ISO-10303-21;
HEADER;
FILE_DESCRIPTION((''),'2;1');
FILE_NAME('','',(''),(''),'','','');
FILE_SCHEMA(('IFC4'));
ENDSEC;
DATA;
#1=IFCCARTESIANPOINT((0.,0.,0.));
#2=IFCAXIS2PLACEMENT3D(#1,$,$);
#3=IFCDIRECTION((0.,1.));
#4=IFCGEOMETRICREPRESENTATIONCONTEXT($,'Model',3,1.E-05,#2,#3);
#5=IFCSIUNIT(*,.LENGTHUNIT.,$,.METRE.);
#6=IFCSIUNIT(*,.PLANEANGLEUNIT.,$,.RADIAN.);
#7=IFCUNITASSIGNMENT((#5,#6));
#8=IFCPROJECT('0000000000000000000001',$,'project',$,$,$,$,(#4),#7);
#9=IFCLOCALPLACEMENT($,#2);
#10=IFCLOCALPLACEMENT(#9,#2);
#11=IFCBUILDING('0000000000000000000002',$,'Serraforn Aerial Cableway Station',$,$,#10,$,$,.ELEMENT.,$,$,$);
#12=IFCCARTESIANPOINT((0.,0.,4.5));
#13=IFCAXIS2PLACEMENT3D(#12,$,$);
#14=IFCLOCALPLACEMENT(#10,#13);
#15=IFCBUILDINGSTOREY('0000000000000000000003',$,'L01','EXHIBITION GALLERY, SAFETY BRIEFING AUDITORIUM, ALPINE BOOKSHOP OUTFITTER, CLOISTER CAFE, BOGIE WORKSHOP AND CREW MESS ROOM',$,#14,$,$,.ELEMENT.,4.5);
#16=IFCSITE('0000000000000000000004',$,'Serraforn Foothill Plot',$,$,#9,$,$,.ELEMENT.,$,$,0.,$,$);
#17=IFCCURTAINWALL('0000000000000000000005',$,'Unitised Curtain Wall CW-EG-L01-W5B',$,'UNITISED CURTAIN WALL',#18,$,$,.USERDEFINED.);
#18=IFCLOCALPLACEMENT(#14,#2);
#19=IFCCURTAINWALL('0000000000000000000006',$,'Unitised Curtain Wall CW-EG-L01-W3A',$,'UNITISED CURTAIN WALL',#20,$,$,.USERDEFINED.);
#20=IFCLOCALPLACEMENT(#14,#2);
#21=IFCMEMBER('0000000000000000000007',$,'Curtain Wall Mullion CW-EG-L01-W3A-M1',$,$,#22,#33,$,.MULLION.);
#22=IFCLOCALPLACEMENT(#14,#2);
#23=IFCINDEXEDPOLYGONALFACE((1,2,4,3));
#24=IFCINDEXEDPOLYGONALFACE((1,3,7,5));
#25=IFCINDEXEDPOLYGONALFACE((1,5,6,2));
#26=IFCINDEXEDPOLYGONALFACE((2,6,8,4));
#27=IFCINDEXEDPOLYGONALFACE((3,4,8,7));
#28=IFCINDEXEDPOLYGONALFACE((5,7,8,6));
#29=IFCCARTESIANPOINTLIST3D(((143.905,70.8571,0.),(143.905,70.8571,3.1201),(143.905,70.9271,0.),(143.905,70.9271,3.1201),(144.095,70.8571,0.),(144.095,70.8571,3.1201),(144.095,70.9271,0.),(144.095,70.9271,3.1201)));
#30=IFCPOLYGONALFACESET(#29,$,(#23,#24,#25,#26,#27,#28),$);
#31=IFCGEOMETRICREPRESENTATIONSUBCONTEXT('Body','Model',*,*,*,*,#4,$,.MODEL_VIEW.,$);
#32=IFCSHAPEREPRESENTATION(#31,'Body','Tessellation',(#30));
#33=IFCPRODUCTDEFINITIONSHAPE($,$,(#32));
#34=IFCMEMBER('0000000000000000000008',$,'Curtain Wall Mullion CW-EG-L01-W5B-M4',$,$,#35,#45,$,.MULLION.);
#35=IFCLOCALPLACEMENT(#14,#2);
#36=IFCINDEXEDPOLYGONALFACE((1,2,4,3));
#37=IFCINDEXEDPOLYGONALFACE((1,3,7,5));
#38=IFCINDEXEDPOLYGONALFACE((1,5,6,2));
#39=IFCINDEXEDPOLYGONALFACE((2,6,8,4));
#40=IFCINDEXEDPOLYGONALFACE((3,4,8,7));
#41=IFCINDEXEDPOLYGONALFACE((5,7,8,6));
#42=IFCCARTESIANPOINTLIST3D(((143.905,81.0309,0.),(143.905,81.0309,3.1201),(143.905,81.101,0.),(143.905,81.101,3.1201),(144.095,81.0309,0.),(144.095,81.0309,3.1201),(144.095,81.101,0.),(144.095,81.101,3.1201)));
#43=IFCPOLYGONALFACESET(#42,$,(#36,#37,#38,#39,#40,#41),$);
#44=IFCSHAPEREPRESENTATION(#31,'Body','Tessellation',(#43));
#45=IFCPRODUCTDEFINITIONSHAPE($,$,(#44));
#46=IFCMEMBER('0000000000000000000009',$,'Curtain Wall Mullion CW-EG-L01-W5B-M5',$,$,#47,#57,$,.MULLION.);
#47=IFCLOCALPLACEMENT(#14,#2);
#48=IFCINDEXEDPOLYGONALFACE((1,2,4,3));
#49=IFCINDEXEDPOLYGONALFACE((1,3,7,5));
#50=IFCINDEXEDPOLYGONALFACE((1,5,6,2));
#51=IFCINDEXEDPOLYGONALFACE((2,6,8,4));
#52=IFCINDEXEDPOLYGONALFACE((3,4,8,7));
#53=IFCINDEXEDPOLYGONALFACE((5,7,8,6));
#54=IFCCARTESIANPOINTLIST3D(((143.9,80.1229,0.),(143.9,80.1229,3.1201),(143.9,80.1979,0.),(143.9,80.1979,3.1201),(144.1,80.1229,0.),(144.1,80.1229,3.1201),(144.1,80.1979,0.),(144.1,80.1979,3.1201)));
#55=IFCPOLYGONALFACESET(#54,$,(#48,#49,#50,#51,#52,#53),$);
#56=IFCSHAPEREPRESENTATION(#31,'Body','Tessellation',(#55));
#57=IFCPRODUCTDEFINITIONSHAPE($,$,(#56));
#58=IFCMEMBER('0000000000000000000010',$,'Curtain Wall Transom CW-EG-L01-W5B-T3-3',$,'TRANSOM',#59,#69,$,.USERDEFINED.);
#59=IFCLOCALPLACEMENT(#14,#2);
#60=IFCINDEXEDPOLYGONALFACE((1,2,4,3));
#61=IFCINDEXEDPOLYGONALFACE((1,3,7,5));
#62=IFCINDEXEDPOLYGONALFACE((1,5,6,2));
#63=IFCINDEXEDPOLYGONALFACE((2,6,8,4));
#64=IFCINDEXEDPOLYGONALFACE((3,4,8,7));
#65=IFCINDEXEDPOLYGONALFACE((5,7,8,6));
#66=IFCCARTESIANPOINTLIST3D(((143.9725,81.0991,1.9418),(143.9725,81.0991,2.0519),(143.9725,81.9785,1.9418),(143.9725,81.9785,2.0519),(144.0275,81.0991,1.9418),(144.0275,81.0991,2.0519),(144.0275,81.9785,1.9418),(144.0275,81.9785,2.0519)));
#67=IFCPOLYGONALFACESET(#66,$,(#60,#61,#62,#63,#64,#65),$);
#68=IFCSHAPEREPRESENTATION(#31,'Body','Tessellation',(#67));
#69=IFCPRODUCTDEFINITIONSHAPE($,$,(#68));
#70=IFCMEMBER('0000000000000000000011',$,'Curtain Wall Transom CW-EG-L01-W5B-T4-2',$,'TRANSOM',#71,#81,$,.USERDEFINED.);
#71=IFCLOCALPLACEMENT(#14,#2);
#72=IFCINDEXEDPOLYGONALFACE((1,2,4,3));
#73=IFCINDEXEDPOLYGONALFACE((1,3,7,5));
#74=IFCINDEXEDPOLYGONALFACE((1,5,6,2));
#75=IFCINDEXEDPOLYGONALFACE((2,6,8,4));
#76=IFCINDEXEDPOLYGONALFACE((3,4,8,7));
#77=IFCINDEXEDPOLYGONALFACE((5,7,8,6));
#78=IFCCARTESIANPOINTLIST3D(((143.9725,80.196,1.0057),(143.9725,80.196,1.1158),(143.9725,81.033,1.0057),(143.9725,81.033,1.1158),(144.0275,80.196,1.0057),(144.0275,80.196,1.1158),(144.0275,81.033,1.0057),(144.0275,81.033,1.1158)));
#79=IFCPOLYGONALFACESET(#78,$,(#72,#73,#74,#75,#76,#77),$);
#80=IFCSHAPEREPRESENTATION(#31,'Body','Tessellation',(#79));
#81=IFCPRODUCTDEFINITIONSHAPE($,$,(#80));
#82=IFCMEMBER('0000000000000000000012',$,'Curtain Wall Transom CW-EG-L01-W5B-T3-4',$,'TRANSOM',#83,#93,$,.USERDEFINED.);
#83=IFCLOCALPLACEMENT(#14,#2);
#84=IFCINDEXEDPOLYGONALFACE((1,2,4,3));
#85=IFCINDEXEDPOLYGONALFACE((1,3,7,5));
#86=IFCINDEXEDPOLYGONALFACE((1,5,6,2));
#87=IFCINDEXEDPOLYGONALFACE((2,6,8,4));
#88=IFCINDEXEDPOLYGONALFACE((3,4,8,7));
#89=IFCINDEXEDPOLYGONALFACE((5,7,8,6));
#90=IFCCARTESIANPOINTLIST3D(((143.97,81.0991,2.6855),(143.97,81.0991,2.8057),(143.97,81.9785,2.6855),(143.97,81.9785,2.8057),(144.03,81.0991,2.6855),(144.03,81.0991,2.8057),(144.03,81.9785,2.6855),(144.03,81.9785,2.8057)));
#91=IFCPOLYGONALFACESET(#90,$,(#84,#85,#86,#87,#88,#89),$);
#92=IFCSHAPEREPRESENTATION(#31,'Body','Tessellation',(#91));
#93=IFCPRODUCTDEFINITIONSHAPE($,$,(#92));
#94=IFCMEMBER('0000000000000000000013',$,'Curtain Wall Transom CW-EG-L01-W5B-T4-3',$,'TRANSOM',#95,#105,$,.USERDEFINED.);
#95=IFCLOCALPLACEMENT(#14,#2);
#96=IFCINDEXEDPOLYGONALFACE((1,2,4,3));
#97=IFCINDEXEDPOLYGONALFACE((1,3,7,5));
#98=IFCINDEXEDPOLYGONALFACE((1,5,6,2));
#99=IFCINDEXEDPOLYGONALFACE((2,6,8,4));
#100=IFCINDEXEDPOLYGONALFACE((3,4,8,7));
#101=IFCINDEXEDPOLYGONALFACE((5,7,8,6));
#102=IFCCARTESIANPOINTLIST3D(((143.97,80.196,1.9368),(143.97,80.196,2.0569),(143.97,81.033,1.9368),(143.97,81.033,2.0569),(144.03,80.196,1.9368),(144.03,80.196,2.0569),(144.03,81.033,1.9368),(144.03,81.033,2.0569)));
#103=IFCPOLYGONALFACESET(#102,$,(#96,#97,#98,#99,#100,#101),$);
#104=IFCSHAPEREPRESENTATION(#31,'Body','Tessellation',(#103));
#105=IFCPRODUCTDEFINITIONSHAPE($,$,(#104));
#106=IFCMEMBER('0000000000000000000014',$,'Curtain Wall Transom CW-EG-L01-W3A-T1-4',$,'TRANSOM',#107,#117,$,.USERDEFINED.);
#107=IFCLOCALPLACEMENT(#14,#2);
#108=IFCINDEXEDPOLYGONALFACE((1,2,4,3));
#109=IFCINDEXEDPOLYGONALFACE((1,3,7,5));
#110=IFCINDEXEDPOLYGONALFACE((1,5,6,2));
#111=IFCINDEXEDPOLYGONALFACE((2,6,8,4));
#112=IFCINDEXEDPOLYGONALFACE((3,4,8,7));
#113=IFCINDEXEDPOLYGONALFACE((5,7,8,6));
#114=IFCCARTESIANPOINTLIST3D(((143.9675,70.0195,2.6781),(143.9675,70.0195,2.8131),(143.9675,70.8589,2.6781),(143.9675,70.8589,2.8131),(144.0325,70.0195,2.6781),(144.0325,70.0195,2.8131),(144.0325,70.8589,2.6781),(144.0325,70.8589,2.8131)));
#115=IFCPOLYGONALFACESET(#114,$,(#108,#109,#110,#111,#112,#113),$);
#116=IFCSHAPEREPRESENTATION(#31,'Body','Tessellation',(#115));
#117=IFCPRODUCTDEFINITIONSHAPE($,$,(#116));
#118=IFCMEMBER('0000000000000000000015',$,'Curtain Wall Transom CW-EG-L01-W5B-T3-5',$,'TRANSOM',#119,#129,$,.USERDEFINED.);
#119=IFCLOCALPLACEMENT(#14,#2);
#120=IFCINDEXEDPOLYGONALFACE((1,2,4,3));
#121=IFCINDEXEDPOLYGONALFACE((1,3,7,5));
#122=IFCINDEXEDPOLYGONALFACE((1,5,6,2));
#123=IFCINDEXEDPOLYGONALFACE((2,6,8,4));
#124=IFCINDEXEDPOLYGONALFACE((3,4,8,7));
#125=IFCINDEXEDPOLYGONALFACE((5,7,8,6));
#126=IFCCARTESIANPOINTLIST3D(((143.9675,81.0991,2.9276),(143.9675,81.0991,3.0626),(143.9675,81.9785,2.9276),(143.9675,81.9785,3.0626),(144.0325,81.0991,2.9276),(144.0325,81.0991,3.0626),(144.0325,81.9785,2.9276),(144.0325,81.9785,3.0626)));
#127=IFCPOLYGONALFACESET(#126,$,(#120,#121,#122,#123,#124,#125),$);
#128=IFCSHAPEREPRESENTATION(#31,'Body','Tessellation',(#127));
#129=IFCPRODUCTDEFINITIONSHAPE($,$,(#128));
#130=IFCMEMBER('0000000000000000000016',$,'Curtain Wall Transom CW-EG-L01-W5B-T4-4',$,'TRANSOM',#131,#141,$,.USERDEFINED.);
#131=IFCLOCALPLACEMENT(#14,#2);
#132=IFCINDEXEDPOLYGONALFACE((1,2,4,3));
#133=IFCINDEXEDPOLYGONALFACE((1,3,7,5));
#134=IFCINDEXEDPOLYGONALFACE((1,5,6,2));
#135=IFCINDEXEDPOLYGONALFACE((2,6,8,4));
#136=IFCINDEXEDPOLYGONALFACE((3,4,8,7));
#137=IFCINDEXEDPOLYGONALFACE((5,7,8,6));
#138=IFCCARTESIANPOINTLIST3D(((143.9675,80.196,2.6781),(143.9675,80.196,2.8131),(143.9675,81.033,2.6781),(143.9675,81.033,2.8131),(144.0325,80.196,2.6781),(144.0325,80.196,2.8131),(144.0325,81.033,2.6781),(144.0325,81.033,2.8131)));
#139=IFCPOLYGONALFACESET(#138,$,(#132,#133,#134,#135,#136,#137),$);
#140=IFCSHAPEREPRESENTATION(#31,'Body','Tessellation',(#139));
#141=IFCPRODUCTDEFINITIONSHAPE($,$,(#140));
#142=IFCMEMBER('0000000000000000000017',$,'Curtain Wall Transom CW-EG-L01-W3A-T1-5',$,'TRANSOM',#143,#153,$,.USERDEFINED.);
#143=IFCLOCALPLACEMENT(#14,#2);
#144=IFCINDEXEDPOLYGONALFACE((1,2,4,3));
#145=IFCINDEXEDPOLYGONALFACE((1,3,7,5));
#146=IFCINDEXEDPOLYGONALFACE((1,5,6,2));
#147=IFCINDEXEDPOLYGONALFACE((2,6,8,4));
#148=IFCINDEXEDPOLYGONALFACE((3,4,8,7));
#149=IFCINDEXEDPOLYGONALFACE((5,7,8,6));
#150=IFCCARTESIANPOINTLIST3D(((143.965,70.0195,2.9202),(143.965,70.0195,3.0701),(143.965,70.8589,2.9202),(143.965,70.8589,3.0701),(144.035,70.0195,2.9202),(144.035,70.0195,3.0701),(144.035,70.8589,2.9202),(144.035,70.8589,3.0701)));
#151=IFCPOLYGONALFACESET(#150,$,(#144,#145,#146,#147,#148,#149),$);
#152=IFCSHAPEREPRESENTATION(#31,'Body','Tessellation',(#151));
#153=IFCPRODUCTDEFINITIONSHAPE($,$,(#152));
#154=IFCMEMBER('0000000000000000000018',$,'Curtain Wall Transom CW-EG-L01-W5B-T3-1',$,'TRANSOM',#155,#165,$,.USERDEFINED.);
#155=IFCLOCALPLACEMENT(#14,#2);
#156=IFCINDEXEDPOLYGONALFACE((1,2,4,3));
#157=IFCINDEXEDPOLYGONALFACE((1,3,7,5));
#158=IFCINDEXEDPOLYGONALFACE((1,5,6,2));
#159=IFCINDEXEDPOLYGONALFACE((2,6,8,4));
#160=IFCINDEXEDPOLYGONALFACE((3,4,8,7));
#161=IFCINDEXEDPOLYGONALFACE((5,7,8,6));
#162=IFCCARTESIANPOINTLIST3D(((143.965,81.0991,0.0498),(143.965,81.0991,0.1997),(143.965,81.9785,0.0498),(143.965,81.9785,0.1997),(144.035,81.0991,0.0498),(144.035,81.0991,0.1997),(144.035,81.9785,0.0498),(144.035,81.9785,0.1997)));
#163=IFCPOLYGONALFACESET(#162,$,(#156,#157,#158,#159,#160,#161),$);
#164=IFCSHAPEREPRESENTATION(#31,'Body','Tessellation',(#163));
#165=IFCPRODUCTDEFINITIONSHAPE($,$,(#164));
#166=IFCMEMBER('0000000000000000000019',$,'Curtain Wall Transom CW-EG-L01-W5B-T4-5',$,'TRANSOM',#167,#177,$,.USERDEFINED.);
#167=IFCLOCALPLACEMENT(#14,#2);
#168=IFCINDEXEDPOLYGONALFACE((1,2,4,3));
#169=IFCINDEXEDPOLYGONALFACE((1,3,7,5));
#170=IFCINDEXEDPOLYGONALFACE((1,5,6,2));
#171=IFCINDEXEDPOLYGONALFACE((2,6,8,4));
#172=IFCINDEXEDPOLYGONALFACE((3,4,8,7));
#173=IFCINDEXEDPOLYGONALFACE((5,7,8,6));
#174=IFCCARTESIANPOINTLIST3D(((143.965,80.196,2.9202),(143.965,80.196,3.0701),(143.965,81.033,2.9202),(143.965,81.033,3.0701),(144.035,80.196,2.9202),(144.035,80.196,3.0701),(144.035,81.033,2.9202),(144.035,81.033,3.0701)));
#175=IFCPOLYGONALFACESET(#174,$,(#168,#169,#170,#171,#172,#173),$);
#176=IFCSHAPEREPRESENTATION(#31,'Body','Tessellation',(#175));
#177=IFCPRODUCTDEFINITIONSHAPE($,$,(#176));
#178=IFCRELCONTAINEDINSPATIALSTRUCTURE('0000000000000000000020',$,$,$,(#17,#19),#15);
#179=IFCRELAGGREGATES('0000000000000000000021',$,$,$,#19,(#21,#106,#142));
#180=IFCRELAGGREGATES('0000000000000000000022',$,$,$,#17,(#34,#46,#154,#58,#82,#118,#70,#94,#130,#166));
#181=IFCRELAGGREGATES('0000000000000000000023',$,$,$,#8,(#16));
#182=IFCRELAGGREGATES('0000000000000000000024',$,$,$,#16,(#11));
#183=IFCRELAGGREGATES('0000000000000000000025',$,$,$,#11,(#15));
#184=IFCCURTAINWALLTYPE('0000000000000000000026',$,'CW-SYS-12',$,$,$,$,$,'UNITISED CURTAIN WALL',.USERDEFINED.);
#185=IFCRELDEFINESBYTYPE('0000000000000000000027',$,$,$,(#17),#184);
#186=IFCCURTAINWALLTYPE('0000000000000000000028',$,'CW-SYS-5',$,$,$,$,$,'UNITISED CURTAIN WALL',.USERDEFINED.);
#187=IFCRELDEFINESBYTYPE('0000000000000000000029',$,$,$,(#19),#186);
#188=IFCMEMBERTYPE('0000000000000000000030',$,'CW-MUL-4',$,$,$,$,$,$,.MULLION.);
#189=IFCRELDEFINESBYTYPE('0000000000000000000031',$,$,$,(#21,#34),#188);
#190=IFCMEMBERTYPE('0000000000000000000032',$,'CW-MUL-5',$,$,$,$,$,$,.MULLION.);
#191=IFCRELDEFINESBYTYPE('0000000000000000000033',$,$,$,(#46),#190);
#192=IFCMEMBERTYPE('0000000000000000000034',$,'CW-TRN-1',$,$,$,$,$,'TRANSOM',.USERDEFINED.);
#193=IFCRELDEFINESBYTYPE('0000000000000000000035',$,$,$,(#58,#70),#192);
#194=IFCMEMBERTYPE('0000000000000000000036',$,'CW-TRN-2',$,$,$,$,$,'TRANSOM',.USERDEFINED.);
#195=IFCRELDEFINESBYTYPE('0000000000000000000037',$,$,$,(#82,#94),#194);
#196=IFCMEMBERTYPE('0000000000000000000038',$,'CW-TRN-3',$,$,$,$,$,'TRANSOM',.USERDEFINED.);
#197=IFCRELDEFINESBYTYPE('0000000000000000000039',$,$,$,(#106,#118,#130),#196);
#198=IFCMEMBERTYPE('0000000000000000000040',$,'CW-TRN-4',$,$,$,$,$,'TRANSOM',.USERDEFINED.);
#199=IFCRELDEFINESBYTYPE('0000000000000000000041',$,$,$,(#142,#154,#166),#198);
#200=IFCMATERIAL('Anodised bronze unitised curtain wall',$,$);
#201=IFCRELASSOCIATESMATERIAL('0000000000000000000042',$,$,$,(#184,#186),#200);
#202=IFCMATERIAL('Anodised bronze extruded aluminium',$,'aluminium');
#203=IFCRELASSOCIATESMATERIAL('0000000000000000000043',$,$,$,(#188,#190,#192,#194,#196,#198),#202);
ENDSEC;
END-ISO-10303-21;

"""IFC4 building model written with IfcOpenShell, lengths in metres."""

from ifc_helpers import new_model, si_unit, direction, frame, origin, origin_2d, place, context, subcontext, project, spatial, rectangle, extrude, material, material_profile, profile_set, type_object, element, aggregate, save


model = new_model("IFC4")

# Units and contexts
model_context = context("Model", 3, precision=1e-05, world=origin(), true_north=direction((0.0, 1.0)))
body_context = subcontext(model_context, "Body", "Model", "MODEL_VIEW")
ifc_project = project(units=[si_unit("LENGTHUNIT", "METRE"), si_unit("PLANEANGLEUNIT", "RADIAN")], contexts=[model_context])

# Site, building, storey
site_placement = place(None, origin())
site = spatial("IfcSite", under=ifc_project, at=site_placement, Name="Serraforn Foothill Plot", CompositionType="ELEMENT", RefElevation=0.0)
building_placement = place(site_placement, origin())
building = spatial("IfcBuilding", under=site, at=building_placement, Name="Serraforn Aerial Cableway Station", CompositionType="ELEMENT")
storey_placement = place(building_placement, frame((0.0, 0.0, 4.5)))
storey = spatial("IfcBuildingStorey", under=building, at=storey_placement, Name="L01", Description="EXHIBITION GALLERY, SAFETY BRIEFING AUDITORIUM, ALPINE BOOKSHOP OUTFITTER, CLOISTER CAFE, BOGIE WORKSHOP AND CREW MESS ROOM", CompositionType="ELEMENT", Elevation=4.5)

# Curtain walls, member
ifc_material_1 = material(Name="Anodised bronze unitised curtain wall")
curtain_wall_type_1 = type_object("IfcCurtainWallType", Name="CW-SYS-12", ElementType="UNITISED CURTAIN WALL", PredefinedType="USERDEFINED", material=ifc_material_1)
curtain_wall_1_placement = place(storey_placement, origin())
curtain_wall_1 = element("IfcCurtainWall", 1, at=curtain_wall_1_placement, inside=storey, type_object=curtain_wall_type_1, Name="Unitised Curtain Wall CW-EG-L01-W5B", ObjectType="UNITISED CURTAIN WALL", PredefinedType="USERDEFINED")
ifc_material_2 = material(Name="Anodised bronze extruded aluminium", Category="aluminium")
curtain_wall_type_2 = type_object("IfcCurtainWallType", Name="CW-SYS-5", ElementType="UNITISED CURTAIN WALL", PredefinedType="USERDEFINED", material=ifc_material_1)
curtain_wall_2_placement = place(storey_placement, origin())
curtain_wall_2 = element("IfcCurtainWall", 2, at=curtain_wall_2_placement, inside=storey, type_object=curtain_wall_type_2, Name="Unitised Curtain Wall CW-EG-L01-W3A", ObjectType="UNITISED CURTAIN WALL", PredefinedType="USERDEFINED")
ifc_material_profile_1 = material_profile(ifc_material_2, rectangle(XDim=0.0701, YDim=0.1899, at=origin_2d()), Name="CW MULLION 70x190")
ifc_profile_set_1 = profile_set([ifc_material_profile_1], Name="Anodised bronze extruded aluminium")
member_type_1 = type_object("IfcMemberType", Name="CW-MUL-4", PredefinedType="MULLION", material=ifc_profile_set_1)
member_1_placement = place(storey_placement, frame((144.0, 70.8921, 0.0), z_axis=(0.0, 0.0, 1.0), x_axis=(0.0, -1.0, 0.0)))
member_1 = element("IfcMember", 3, at=member_1_placement, type_object=member_type_1, Name="Curtain Wall Mullion CW-EG-L01-W3A-M1", PredefinedType="MULLION", context=body_context, shape_type="SweptSolid", body=[
    extrude(rectangle(XDim=0.0701, YDim=0.1899, at=origin_2d()), origin(), (0.0, 0.0, 1.0), 3.1201),
])

# Members
member_2_placement = place(storey_placement, frame((144.0, 81.0659, 0.0), z_axis=(0.0, 0.0, 1.0), x_axis=(0.0, -1.0, 0.0)))
member_2 = element("IfcMember", 4, at=member_2_placement, type_object=member_type_1, Name="Curtain Wall Mullion CW-EG-L01-W5B-M4", PredefinedType="MULLION", context=body_context, shape_type="SweptSolid", body=[
    extrude(rectangle(XDim=0.0701, YDim=0.1899, at=origin_2d()), origin(), (0.0, 0.0, 1.0), 3.1201),
])
ifc_material_profile_2 = material_profile(ifc_material_2, rectangle(XDim=0.075, YDim=0.2, at=origin_2d()), Name="CW MULLION 75x200")
ifc_profile_set_2 = profile_set([ifc_material_profile_2], Name="Anodised bronze extruded aluminium")
member_type_2 = type_object("IfcMemberType", Name="CW-MUL-5", PredefinedType="MULLION", material=ifc_profile_set_2)
member_3_placement = place(storey_placement, frame((144.0, 80.1604, 0.0), z_axis=(0.0, 0.0, 1.0), x_axis=(0.0, -1.0, 0.0)))
member_3 = element("IfcMember", 5, at=member_3_placement, type_object=member_type_2, Name="Curtain Wall Mullion CW-EG-L01-W5B-M5", PredefinedType="MULLION", context=body_context, shape_type="SweptSolid", body=[
    extrude(rectangle(XDim=0.075, YDim=0.2, at=origin_2d()), origin(), (0.0, 0.0, 1.0), 3.1201),
])
ifc_material_profile_3 = material_profile(ifc_material_2, rectangle(XDim=0.0549, YDim=0.1101, at=origin_2d()), Name="CW TRANSOM 55x110")
ifc_profile_set_3 = profile_set([ifc_material_profile_3], Name="Anodised bronze extruded aluminium")
member_type_3 = type_object("IfcMemberType", Name="CW-TRN-1", ElementType="TRANSOM", PredefinedType="USERDEFINED", material=ifc_profile_set_3)
member_4_placement = place(storey_placement, frame((144.0, 81.9785, 1.9968), z_axis=(0.0, -1.0, 0.0), x_axis=(1.0, 0.0, 0.0)))
member_4 = element("IfcMember", 6, at=member_4_placement, type_object=member_type_3, Name="Curtain Wall Transom CW-EG-L01-W5B-T3-3", ObjectType="TRANSOM", PredefinedType="USERDEFINED", context=body_context, shape_type="SweptSolid", body=[
    extrude(rectangle(XDim=0.0549, YDim=0.1101, at=origin_2d()), origin(), (0.0, 0.0, 1.0), 0.8794),
])
member_5_placement = place(storey_placement, frame((144.0, 81.033, 1.0608), z_axis=(0.0, -1.0, 0.0), x_axis=(1.0, 0.0, 0.0)))
member_5 = element("IfcMember", 7, at=member_5_placement, type_object=member_type_3, Name="Curtain Wall Transom CW-EG-L01-W5B-T4-2", ObjectType="TRANSOM", PredefinedType="USERDEFINED", context=body_context, shape_type="SweptSolid", body=[
    extrude(rectangle(XDim=0.0549, YDim=0.1101, at=origin_2d()), origin(), (0.0, 0.0, 1.0), 0.8369),
])
ifc_material_profile_4 = material_profile(ifc_material_2, rectangle(XDim=0.0601, YDim=0.1201, at=origin_2d()), Name="CW TRANSOM 60x120")
ifc_profile_set_4 = profile_set([ifc_material_profile_4], Name="Anodised bronze extruded aluminium")
member_type_4 = type_object("IfcMemberType", Name="CW-TRN-2", ElementType="TRANSOM", PredefinedType="USERDEFINED", material=ifc_profile_set_4)
member_6_placement = place(storey_placement, frame((144.0, 81.9785, 2.7456), z_axis=(0.0, -1.0, 0.0), x_axis=(1.0, 0.0, 0.0)))
member_6 = element("IfcMember", 8, at=member_6_placement, type_object=member_type_4, Name="Curtain Wall Transom CW-EG-L01-W5B-T3-4", ObjectType="TRANSOM", PredefinedType="USERDEFINED", context=body_context, shape_type="SweptSolid", body=[
    extrude(rectangle(XDim=0.0601, YDim=0.1201, at=origin_2d()), origin(), (0.0, 0.0, 1.0), 0.8794),
])
member_7_placement = place(storey_placement, frame((144.0, 81.033, 1.9968), z_axis=(0.0, -1.0, 0.0), x_axis=(1.0, 0.0, 0.0)))
member_7 = element("IfcMember", 9, at=member_7_placement, type_object=member_type_4, Name="Curtain Wall Transom CW-EG-L01-W5B-T4-3", ObjectType="TRANSOM", PredefinedType="USERDEFINED", context=body_context, shape_type="SweptSolid", body=[
    extrude(rectangle(XDim=0.0601, YDim=0.1201, at=origin_2d()), origin(), (0.0, 0.0, 1.0), 0.8369),
])
ifc_material_profile_5 = material_profile(ifc_material_2, rectangle(XDim=0.0649, YDim=0.135, at=origin_2d()), Name="CW TRANSOM 65x135")
ifc_profile_set_5 = profile_set([ifc_material_profile_5], Name="Anodised bronze extruded aluminium")
member_type_5 = type_object("IfcMemberType", Name="CW-TRN-3", ElementType="TRANSOM", PredefinedType="USERDEFINED", material=ifc_profile_set_5)
member_8_placement = place(storey_placement, frame((144.0, 70.8589, 2.7456), z_axis=(0.0, -1.0, 0.0), x_axis=(1.0, 0.0, 0.0)))
member_8 = element("IfcMember", 10, at=member_8_placement, type_object=member_type_5, Name="Curtain Wall Transom CW-EG-L01-W3A-T1-4", ObjectType="TRANSOM", PredefinedType="USERDEFINED", context=body_context, shape_type="SweptSolid", body=[
    extrude(rectangle(XDim=0.0649, YDim=0.135, at=origin_2d()), origin(), (0.0, 0.0, 1.0), 0.8394),
])
member_9_placement = place(storey_placement, frame((144.0, 81.9785, 2.9951), z_axis=(0.0, -1.0, 0.0), x_axis=(1.0, 0.0, 0.0)))
member_9 = element("IfcMember", 11, at=member_9_placement, type_object=member_type_5, Name="Curtain Wall Transom CW-EG-L01-W5B-T3-5", ObjectType="TRANSOM", PredefinedType="USERDEFINED", context=body_context, shape_type="SweptSolid", body=[
    extrude(rectangle(XDim=0.0649, YDim=0.135, at=origin_2d()), origin(), (0.0, 0.0, 1.0), 0.8794),
])
member_10_placement = place(storey_placement, frame((144.0, 81.033, 2.7456), z_axis=(0.0, -1.0, 0.0), x_axis=(1.0, 0.0, 0.0)))
member_10 = element("IfcMember", 12, at=member_10_placement, type_object=member_type_5, Name="Curtain Wall Transom CW-EG-L01-W5B-T4-4", ObjectType="TRANSOM", PredefinedType="USERDEFINED", context=body_context, shape_type="SweptSolid", body=[
    extrude(rectangle(XDim=0.0649, YDim=0.135, at=origin_2d()), origin(), (0.0, 0.0, 1.0), 0.8369),
])
ifc_material_profile_6 = material_profile(ifc_material_2, rectangle(XDim=0.0701, YDim=0.1499, at=origin_2d()), Name="CW TRANSOM 70x150")
ifc_profile_set_6 = profile_set([ifc_material_profile_6], Name="Anodised bronze extruded aluminium")
member_type_6 = type_object("IfcMemberType", Name="CW-TRN-4", ElementType="TRANSOM", PredefinedType="USERDEFINED", material=ifc_profile_set_6)
member_11_placement = place(storey_placement, frame((144.0, 70.8589, 2.9951), z_axis=(0.0, -1.0, 0.0), x_axis=(1.0, 0.0, 0.0)))
member_11 = element("IfcMember", 13, at=member_11_placement, type_object=member_type_6, Name="Curtain Wall Transom CW-EG-L01-W3A-T1-5", ObjectType="TRANSOM", PredefinedType="USERDEFINED", context=body_context, shape_type="SweptSolid", body=[
    extrude(rectangle(XDim=0.0701, YDim=0.1499, at=origin_2d()), origin(), (0.0, 0.0, 1.0), 0.8394),
])
aggregate(curtain_wall_2, [member_1, member_8, member_11])
member_12_placement = place(storey_placement, frame((144.0, 81.9785, 0.1248), z_axis=(0.0, -1.0, 0.0), x_axis=(1.0, 0.0, 0.0)))
member_12 = element("IfcMember", 14, at=member_12_placement, type_object=member_type_6, Name="Curtain Wall Transom CW-EG-L01-W5B-T3-1", ObjectType="TRANSOM", PredefinedType="USERDEFINED", context=body_context, shape_type="SweptSolid", body=[
    extrude(rectangle(XDim=0.0701, YDim=0.1499, at=origin_2d()), origin(), (0.0, 0.0, 1.0), 0.8794),
])
member_13_placement = place(storey_placement, frame((144.0, 81.033, 2.9951), z_axis=(0.0, -1.0, 0.0), x_axis=(1.0, 0.0, 0.0)))
member_13 = element("IfcMember", 15, at=member_13_placement, type_object=member_type_6, Name="Curtain Wall Transom CW-EG-L01-W5B-T4-5", ObjectType="TRANSOM", PredefinedType="USERDEFINED", context=body_context, shape_type="SweptSolid", body=[
    extrude(rectangle(XDim=0.0701, YDim=0.1499, at=origin_2d()), origin(), (0.0, 0.0, 1.0), 0.8369),
])

aggregate(curtain_wall_1, [member_2, member_3, member_12, member_4, member_6, member_9, member_5, member_7, member_10, member_13])

save(model, "model.ifc")
